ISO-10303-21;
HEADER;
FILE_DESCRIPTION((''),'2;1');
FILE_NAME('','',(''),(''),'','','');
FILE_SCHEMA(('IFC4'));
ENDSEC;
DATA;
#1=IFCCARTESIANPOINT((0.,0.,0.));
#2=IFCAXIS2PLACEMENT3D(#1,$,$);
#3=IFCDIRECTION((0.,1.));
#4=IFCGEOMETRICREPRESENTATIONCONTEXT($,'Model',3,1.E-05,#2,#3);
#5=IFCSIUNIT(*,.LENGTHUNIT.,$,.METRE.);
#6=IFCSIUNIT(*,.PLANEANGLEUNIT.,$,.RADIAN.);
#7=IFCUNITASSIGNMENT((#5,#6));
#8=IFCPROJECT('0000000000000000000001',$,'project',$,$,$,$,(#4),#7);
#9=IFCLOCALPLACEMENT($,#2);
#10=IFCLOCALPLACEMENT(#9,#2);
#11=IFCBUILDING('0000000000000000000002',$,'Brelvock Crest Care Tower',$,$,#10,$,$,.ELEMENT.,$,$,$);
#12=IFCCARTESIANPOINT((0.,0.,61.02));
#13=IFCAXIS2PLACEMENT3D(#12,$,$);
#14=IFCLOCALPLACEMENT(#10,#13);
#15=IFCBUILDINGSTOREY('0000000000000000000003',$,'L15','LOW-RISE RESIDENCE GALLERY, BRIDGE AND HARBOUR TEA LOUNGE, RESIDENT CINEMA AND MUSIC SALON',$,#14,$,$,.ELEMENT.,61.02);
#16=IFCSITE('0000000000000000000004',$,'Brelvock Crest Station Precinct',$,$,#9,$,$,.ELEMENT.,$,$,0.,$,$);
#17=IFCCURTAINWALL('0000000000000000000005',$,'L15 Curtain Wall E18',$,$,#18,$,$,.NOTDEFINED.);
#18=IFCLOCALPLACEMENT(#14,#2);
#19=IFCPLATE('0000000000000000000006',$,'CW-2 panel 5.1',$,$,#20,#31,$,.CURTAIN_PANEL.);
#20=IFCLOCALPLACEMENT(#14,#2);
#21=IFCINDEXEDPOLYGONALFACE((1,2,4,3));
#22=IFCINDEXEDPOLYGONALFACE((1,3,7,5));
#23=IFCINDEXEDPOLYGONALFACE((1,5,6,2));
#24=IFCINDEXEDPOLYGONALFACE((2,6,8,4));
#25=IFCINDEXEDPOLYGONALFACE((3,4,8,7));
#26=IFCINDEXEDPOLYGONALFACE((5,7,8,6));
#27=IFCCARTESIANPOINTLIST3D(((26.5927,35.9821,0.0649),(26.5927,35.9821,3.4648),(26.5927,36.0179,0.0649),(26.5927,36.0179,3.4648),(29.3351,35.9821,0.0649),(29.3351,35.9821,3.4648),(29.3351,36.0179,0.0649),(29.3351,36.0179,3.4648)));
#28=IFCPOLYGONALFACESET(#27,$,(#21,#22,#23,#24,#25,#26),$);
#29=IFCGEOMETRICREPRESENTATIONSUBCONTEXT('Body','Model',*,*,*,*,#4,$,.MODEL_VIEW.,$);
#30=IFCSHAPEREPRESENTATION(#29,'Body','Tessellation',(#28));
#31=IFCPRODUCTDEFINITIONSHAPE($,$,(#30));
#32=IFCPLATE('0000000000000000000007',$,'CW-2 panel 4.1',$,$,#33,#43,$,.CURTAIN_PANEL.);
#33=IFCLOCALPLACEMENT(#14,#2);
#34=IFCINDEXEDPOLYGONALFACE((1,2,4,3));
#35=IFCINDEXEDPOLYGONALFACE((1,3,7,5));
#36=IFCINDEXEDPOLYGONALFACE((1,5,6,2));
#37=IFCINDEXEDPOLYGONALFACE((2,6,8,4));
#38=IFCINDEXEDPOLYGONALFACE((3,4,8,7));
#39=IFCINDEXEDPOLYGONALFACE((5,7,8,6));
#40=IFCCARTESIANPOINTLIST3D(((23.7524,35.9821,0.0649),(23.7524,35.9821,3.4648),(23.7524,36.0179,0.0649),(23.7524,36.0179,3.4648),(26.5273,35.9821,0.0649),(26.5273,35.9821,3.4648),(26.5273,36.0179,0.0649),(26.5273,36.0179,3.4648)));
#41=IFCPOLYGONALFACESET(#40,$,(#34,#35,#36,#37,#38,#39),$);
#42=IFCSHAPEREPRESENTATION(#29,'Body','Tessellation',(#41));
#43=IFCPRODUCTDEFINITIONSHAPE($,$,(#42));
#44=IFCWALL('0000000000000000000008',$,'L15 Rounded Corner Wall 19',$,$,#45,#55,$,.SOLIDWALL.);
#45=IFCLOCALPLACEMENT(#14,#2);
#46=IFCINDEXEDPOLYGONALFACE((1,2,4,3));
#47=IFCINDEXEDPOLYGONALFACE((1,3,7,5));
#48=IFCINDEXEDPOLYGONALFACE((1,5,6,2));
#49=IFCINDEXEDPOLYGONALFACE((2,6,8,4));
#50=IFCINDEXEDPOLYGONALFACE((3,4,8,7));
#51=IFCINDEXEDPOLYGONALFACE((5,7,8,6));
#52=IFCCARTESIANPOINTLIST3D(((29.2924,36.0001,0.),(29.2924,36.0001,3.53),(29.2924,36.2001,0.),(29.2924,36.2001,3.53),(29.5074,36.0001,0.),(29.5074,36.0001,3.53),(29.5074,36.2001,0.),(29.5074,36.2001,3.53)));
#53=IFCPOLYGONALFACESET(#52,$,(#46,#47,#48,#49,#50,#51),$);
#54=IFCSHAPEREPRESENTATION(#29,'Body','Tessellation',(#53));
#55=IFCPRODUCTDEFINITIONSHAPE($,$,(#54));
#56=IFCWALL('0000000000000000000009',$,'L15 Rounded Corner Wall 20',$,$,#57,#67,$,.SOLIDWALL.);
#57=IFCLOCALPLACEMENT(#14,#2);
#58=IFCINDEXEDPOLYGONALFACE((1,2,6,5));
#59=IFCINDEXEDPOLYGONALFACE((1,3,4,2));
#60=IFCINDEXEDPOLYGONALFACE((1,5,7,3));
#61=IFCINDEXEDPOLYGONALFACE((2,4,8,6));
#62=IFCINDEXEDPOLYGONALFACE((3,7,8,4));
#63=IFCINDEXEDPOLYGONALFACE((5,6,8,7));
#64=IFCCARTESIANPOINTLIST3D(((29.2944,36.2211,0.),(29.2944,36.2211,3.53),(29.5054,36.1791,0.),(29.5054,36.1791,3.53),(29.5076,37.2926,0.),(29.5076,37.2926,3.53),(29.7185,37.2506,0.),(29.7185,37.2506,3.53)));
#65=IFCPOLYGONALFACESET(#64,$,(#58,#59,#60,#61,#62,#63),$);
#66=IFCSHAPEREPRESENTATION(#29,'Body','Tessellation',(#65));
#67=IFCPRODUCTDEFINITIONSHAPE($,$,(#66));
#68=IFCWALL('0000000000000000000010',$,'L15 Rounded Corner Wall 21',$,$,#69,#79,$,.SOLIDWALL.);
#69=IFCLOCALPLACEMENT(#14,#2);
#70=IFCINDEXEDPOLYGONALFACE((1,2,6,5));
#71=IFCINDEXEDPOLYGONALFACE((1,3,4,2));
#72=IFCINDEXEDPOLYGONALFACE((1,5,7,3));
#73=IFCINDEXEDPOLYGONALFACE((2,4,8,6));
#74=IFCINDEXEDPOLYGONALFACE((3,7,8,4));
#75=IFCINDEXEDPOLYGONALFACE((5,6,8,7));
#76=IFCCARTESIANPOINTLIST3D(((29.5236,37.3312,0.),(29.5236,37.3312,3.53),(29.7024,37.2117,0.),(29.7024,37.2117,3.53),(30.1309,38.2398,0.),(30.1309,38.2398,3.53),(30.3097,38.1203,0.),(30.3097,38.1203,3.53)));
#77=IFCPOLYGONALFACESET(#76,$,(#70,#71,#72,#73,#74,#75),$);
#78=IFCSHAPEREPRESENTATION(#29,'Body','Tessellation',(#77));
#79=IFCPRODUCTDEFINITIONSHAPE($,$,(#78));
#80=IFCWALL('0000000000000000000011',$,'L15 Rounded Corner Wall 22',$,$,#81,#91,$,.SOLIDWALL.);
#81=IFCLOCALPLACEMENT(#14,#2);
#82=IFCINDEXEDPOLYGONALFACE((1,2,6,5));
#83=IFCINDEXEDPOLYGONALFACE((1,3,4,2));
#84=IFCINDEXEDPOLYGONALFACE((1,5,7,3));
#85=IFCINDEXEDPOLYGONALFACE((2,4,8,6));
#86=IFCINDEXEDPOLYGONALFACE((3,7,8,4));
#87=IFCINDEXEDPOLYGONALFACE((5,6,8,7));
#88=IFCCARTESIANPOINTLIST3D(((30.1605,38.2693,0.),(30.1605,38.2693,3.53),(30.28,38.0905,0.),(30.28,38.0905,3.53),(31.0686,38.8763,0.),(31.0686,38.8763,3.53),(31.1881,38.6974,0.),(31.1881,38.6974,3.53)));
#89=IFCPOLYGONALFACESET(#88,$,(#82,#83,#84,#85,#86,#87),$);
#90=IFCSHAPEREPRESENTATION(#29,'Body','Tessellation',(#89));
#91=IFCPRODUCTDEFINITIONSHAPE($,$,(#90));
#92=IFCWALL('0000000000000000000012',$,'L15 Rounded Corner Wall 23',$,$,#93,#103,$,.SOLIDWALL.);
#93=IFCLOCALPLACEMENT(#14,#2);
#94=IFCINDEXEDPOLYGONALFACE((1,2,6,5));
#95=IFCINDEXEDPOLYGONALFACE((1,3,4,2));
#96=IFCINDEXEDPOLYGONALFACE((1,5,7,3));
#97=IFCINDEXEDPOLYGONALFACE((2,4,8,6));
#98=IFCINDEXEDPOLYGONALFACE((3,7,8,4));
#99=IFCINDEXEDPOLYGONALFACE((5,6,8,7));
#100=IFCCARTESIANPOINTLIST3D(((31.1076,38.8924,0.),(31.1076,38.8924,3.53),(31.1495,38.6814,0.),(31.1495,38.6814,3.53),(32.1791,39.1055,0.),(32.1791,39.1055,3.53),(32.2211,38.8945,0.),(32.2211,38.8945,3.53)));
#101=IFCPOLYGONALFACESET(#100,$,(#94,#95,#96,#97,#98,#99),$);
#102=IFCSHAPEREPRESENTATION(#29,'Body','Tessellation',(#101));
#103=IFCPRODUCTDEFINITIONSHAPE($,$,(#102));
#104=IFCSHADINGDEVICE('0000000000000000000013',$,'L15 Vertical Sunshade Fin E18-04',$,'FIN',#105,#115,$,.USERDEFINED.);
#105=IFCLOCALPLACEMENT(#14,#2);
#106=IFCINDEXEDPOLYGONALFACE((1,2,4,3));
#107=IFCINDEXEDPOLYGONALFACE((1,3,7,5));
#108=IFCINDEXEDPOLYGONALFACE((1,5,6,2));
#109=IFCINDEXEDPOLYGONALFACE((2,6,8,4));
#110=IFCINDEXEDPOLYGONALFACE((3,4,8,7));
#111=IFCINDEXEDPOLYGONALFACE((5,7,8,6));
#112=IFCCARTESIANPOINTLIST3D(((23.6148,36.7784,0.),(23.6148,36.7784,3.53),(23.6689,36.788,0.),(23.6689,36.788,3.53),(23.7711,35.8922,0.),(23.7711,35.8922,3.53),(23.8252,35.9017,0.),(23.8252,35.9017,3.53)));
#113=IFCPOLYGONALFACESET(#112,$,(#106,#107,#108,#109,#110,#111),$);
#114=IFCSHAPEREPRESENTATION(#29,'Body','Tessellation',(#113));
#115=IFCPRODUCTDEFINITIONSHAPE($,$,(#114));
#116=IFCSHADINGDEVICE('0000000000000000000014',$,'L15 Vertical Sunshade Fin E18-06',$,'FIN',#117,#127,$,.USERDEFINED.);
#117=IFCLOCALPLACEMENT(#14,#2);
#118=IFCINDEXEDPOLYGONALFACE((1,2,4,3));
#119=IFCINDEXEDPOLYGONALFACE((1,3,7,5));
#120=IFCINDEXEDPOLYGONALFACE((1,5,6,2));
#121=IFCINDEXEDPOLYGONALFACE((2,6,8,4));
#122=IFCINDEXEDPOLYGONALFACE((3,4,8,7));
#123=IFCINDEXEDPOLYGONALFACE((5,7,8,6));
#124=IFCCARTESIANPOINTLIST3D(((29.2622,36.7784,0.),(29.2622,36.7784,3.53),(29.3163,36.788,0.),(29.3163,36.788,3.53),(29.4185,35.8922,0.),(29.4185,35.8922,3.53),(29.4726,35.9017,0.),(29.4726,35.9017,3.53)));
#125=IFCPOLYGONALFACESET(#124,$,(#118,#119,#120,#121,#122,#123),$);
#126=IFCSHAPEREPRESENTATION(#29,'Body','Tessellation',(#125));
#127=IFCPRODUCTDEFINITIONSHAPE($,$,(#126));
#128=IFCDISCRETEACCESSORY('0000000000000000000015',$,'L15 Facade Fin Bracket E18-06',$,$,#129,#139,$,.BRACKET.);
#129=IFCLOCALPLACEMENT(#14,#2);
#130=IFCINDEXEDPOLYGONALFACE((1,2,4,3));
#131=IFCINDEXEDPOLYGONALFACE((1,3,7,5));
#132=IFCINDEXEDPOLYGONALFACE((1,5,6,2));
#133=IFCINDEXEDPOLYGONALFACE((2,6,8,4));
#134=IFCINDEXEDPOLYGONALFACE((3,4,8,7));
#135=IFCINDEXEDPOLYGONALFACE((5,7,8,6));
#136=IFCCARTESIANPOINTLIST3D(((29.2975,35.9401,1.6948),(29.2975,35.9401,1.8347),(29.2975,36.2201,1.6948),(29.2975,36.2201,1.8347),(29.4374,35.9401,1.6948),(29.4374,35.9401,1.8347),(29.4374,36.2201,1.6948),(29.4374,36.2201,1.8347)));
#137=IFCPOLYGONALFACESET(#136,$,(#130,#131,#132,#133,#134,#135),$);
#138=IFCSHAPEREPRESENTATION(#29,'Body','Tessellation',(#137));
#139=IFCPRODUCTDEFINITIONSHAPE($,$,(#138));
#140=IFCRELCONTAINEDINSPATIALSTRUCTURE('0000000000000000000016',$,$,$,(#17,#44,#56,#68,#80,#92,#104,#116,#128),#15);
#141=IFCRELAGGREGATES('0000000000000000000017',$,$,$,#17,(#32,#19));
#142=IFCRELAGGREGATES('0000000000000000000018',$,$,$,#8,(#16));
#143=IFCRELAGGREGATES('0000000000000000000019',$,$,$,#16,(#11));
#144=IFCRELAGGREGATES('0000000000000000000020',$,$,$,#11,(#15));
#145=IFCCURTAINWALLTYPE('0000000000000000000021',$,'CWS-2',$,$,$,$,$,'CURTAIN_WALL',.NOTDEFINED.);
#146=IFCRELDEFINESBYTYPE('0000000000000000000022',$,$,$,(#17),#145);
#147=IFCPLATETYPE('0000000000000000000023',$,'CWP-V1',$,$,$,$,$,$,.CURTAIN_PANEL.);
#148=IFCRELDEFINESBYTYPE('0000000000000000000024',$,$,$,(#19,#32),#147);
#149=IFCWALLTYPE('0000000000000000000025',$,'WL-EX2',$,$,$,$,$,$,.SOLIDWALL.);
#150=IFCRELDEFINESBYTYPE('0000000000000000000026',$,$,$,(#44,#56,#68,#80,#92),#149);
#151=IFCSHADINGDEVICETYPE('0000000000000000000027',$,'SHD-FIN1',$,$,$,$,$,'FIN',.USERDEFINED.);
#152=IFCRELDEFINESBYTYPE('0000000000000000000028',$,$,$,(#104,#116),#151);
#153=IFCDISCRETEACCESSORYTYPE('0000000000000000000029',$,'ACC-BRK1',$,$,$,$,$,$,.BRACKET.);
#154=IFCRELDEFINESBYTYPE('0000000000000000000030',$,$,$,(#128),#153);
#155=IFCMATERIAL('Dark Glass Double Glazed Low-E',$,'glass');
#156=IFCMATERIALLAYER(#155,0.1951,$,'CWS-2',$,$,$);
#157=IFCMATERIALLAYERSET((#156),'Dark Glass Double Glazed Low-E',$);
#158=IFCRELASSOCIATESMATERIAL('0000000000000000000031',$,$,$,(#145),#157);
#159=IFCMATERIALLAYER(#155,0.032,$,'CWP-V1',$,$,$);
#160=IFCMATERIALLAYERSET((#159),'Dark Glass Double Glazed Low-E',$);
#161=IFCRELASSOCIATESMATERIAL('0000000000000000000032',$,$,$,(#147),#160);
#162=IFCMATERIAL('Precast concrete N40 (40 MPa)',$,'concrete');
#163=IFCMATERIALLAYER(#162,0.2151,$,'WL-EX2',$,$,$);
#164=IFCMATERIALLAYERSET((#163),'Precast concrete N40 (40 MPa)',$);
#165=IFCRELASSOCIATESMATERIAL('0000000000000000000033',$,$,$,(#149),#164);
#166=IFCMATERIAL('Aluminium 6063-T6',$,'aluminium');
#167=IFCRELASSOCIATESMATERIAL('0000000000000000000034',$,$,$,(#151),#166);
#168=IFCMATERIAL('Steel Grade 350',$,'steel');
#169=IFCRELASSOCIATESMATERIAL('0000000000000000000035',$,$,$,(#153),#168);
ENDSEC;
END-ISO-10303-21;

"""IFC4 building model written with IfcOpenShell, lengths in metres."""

from ifc_helpers import new_model, si_unit, direction, frame, frame_2d, origin, origin_2d, place, context, subcontext, project, spatial, rectangle, extrude, source, transform, mapped, material, layer, layer_set, material_profile, profile_set, type_object, element, aggregate, save


model = new_model("IFC4")

# Units and contexts
model_context = context("Model", 3, precision=1e-05, world=origin(), true_north=direction((0.0, 1.0)))
body_context = subcontext(model_context, "Body", "Model", "MODEL_VIEW")
ifc_project = project(units=[si_unit("LENGTHUNIT", "METRE"), si_unit("PLANEANGLEUNIT", "RADIAN")], contexts=[model_context])

# Site, building, storey
site_placement = place(None, origin())
site = spatial("IfcSite", under=ifc_project, at=site_placement, Name="Brelvock Crest Station Precinct", CompositionType="ELEMENT", RefElevation=0.0)
building_placement = place(site_placement, origin())
building = spatial("IfcBuilding", under=site, at=building_placement, Name="Brelvock Crest Care Tower", CompositionType="ELEMENT")
storey_placement = place(building_placement, frame((0.0, 0.0, 61.02)))
storey = spatial("IfcBuildingStorey", under=building, at=storey_placement, Name="L15", Description="LOW-RISE RESIDENCE GALLERY, BRIDGE AND HARBOUR TEA LOUNGE, RESIDENT CINEMA AND MUSIC SALON", CompositionType="ELEMENT", Elevation=61.02)

# Shared definitions
ifc_material_1 = material(Name="Steel Grade 350", Category="steel")

# Curtain wall, plates
ifc_material_2 = material(Name="Dark Glass Double Glazed Low-E", Category="glass")
ifc_layer_1 = layer(ifc_material_2, 0.1951, Name="CWS-2")
ifc_layer_set_1 = layer_set([ifc_layer_1], Name="Dark Glass Double Glazed Low-E")
curtain_wall_type = type_object("IfcCurtainWallType", Name="CWS-2", ElementType="CURTAIN_WALL", PredefinedType="NOTDEFINED", material=ifc_layer_set_1)
curtain_wall_placement = place(storey_placement, origin())
curtain_wall = element("IfcCurtainWall", 1, at=curtain_wall_placement, inside=storey, type_object=curtain_wall_type, Name="L15 Curtain Wall E18", PredefinedType="NOTDEFINED")
ifc_material_3 = material(Name="Aluminium 6063-T6", Category="aluminium")
ifc_layer_2 = layer(ifc_material_2, 0.032, Name="CWP-V1")
ifc_layer_set_2 = layer_set([ifc_layer_2], Name="Dark Glass Double Glazed Low-E")
plate_type = type_object("IfcPlateType", Name="CWP-V1", PredefinedType="CURTAIN_PANEL", material=ifc_layer_set_2)
shared_shape_1 = source(origin(), body_context, "Body", "SweptSolid", [
    extrude(rectangle(XDim=2.7424, YDim=0.0359, at=origin_2d()), origin(), (0.0, 0.0, 1.0), 3.3999),
])
plate_1_placement = place(storey_placement, frame((27.9639, 36.0, 0.0649), z_axis=(0.0, 0.0, 1.0), x_axis=(1.0, 0.0, 0.0)))
plate_1 = element("IfcPlate", 2, at=plate_1_placement, type_object=plate_type, Name="CW-2 panel 5.1", PredefinedType="CURTAIN_PANEL", context=body_context, shape_type="MappedRepresentation", body=[
    mapped(shared_shape_1, transform((0.0, 0.0, 0.0), x_axis=(1.0, 0.0, 0.0), y_axis=(0.0, 1.0, 0.0), z_axis=(0.0, 0.0, 1.0), scale=1.0)),
])
shared_shape_2 = source(origin(), body_context, "Body", "SweptSolid", [
    extrude(rectangle(XDim=2.7749, YDim=0.0359, at=origin_2d()), origin(), (0.0, 0.0, 1.0), 3.3999),
])
plate_2_placement = place(storey_placement, frame((25.1399, 36.0, 0.0649), z_axis=(0.0, 0.0, 1.0), x_axis=(1.0, 0.0, 0.0)))
plate_2 = element("IfcPlate", 3, at=plate_2_placement, type_object=plate_type, Name="CW-2 panel 4.1", PredefinedType="CURTAIN_PANEL", context=body_context, shape_type="MappedRepresentation", body=[
    mapped(shared_shape_2, transform((0.0, 0.0, 0.0), x_axis=(1.0, 0.0, 0.0), y_axis=(0.0, 1.0, 0.0), z_axis=(0.0, 0.0, 1.0), scale=1.0)),
])
aggregate(curtain_wall, [plate_2, plate_1])

# Walls
ifc_material_4 = material(Name="Precast concrete N40 (40 MPa)", Category="concrete")
ifc_layer_3 = layer(ifc_material_4, 0.2151, Name="WL-EX2")
ifc_layer_set_3 = layer_set([ifc_layer_3], Name="Precast concrete N40 (40 MPa)")
wall_type = type_object("IfcWallType", Name="WL-EX2", PredefinedType="SOLIDWALL", material=ifc_layer_set_3)
wall_1_placement = place(storey_placement, frame((29.3999, 36.0, 0.0), z_axis=(0.0, 0.0, 1.0), x_axis=(0.0, 1.0, 0.0)))
element("IfcWall", 4, at=wall_1_placement, inside=storey, type_object=wall_type, Name="L15 Rounded Corner Wall 19", PredefinedType="SOLIDWALL", context=body_context, shape_type="SweptSolid", body=[
    extrude(rectangle(XDim=0.2, YDim=0.2151, at=frame_2d((0.1001, 0.0))), origin(), (0.0, 0.0, 1.0), 3.53),
])
wall_2_placement = place(storey_placement, frame((29.3999, 36.2, 0.0), z_axis=(0.0, 0.0, 1.0), x_axis=(0.195085, 0.980786, 0.0)))
element("IfcWall", 5, at=wall_2_placement, inside=storey, type_object=wall_type, Name="L15 Rounded Corner Wall 20", PredefinedType="SOLIDWALL", context=body_context, shape_type="SweptSolid", body=[
    extrude(rectangle(XDim=1.0925, YDim=0.2151, at=frame_2d((0.5464, 0.0))), origin(), (0.0, 0.0, 1.0), 3.53),
])
wall_3_placement = place(storey_placement, frame((29.613, 37.2715, 0.0), z_axis=(0.0, 0.0, 1.0), x_axis=(0.555679, 0.831397, 0.0)))
element("IfcWall", 6, at=wall_3_placement, inside=storey, type_object=wall_type, Name="L15 Rounded Corner Wall 21", PredefinedType="SOLIDWALL", context=body_context, shape_type="SweptSolid", body=[
    extrude(rectangle(XDim=1.0928, YDim=0.2151, at=frame_2d((0.5464, 0.0))), origin(), (0.0, 0.0, 1.0), 3.53),
])
wall_4_placement = place(storey_placement, frame((30.2202, 38.1799, 0.0), z_axis=(0.0, 0.0, 1.0), x_axis=(0.831431, 0.555628, 0.0)))
element("IfcWall", 7, at=wall_4_placement, inside=storey, type_object=wall_type, Name="L15 Rounded Corner Wall 22", PredefinedType="SOLIDWALL", context=body_context, shape_type="SweptSolid", body=[
    extrude(rectangle(XDim=1.0923, YDim=0.2151, at=frame_2d((0.5461, 0.0))), origin(), (0.0, 0.0, 1.0), 3.53),
])
wall_5_placement = place(storey_placement, frame((31.1284, 38.7869, 0.0), z_axis=(0.0, 0.0, 1.0), x_axis=(0.980786, 0.195085, 0.0)))
element("IfcWall", 8, at=wall_5_placement, inside=storey, type_object=wall_type, Name="L15 Rounded Corner Wall 23", PredefinedType="SOLIDWALL", context=body_context, shape_type="SweptSolid", body=[
    extrude(rectangle(XDim=1.0925, YDim=0.2151, at=frame_2d((0.5464, 0.0))), origin(), (0.0, 0.0, 1.0), 3.53),
])

# Shading devices
ifc_material_profile_1 = material_profile(ifc_material_3, rectangle(XDim=0.0549, YDim=0.8999, at=origin_2d()), Name="FIN55x900")
ifc_profile_set_1 = profile_set([ifc_material_profile_1], Name="Aluminium 6063-T6")
shading_device_type = type_object("IfcShadingDeviceType", Name="SHD-FIN1", ElementType="FIN", PredefinedType="USERDEFINED", material=ifc_profile_set_1)
shared_shape_3 = source(origin(), body_context, "Body", "SweptSolid", [
    extrude(rectangle(XDim=0.0549, YDim=0.8999, at=origin_2d()), origin(), (0.0, 0.0, 1.0), 3.53),
])
for number, where, z_axis, x_axis, name in (
    (9, (23.72, 36.3401, 0.0), (0.0, 0.0, 1.0), (0.984808, 0.173648, 0.0), "L15 Vertical Sunshade Fin E18-04"),
    (10, (29.3674, 36.3401, 0.0), (0.0, 0.0, 1.0), (0.984808, 0.173648, 0.0), "L15 Vertical Sunshade Fin E18-06"),
):
    element("IfcShadingDevice", number, at=place(storey_placement, frame(where, z_axis=z_axis, x_axis=x_axis)), inside=storey, type_object=shading_device_type, Name=name, ObjectType="FIN", PredefinedType="USERDEFINED", context=body_context, shape_type="MappedRepresentation", body=[
        mapped(shared_shape_3, transform((0.0, 0.0, 0.0), x_axis=(1.0, 0.0, 0.0), y_axis=(0.0, 1.0, 0.0), z_axis=(0.0, 0.0, 1.0), scale=1.0)),
    ])

# Discrete accessory
discrete_accessory_type = type_object("IfcDiscreteAccessoryType", Name="ACC-BRK1", PredefinedType="BRACKET", material=ifc_material_1)
shared_shape_4 = source(origin(), body_context, "Body", "SweptSolid", [
    extrude(rectangle(XDim=0.28, YDim=0.1399, at=origin_2d()), origin(), (0.0, 0.0, 1.0), 0.1399),
])
discrete_accessory_placement = place(storey_placement, frame((29.3674, 36.0801, 1.6948), z_axis=(0.0, 0.0, 1.0), x_axis=(0.0, 1.0, 0.0)))
element("IfcDiscreteAccessory", 11, at=discrete_accessory_placement, inside=storey, type_object=discrete_accessory_type, Name="L15 Facade Fin Bracket E18-06", PredefinedType="BRACKET", context=body_context, shape_type="MappedRepresentation", body=[
    mapped(shared_shape_4, transform((0.0, 0.0, 0.0), x_axis=(1.0, 0.0, 0.0), y_axis=(0.0, 1.0, 0.0), z_axis=(0.0, 0.0, 1.0), scale=1.0)),
])

save(model, "model.ifc")
